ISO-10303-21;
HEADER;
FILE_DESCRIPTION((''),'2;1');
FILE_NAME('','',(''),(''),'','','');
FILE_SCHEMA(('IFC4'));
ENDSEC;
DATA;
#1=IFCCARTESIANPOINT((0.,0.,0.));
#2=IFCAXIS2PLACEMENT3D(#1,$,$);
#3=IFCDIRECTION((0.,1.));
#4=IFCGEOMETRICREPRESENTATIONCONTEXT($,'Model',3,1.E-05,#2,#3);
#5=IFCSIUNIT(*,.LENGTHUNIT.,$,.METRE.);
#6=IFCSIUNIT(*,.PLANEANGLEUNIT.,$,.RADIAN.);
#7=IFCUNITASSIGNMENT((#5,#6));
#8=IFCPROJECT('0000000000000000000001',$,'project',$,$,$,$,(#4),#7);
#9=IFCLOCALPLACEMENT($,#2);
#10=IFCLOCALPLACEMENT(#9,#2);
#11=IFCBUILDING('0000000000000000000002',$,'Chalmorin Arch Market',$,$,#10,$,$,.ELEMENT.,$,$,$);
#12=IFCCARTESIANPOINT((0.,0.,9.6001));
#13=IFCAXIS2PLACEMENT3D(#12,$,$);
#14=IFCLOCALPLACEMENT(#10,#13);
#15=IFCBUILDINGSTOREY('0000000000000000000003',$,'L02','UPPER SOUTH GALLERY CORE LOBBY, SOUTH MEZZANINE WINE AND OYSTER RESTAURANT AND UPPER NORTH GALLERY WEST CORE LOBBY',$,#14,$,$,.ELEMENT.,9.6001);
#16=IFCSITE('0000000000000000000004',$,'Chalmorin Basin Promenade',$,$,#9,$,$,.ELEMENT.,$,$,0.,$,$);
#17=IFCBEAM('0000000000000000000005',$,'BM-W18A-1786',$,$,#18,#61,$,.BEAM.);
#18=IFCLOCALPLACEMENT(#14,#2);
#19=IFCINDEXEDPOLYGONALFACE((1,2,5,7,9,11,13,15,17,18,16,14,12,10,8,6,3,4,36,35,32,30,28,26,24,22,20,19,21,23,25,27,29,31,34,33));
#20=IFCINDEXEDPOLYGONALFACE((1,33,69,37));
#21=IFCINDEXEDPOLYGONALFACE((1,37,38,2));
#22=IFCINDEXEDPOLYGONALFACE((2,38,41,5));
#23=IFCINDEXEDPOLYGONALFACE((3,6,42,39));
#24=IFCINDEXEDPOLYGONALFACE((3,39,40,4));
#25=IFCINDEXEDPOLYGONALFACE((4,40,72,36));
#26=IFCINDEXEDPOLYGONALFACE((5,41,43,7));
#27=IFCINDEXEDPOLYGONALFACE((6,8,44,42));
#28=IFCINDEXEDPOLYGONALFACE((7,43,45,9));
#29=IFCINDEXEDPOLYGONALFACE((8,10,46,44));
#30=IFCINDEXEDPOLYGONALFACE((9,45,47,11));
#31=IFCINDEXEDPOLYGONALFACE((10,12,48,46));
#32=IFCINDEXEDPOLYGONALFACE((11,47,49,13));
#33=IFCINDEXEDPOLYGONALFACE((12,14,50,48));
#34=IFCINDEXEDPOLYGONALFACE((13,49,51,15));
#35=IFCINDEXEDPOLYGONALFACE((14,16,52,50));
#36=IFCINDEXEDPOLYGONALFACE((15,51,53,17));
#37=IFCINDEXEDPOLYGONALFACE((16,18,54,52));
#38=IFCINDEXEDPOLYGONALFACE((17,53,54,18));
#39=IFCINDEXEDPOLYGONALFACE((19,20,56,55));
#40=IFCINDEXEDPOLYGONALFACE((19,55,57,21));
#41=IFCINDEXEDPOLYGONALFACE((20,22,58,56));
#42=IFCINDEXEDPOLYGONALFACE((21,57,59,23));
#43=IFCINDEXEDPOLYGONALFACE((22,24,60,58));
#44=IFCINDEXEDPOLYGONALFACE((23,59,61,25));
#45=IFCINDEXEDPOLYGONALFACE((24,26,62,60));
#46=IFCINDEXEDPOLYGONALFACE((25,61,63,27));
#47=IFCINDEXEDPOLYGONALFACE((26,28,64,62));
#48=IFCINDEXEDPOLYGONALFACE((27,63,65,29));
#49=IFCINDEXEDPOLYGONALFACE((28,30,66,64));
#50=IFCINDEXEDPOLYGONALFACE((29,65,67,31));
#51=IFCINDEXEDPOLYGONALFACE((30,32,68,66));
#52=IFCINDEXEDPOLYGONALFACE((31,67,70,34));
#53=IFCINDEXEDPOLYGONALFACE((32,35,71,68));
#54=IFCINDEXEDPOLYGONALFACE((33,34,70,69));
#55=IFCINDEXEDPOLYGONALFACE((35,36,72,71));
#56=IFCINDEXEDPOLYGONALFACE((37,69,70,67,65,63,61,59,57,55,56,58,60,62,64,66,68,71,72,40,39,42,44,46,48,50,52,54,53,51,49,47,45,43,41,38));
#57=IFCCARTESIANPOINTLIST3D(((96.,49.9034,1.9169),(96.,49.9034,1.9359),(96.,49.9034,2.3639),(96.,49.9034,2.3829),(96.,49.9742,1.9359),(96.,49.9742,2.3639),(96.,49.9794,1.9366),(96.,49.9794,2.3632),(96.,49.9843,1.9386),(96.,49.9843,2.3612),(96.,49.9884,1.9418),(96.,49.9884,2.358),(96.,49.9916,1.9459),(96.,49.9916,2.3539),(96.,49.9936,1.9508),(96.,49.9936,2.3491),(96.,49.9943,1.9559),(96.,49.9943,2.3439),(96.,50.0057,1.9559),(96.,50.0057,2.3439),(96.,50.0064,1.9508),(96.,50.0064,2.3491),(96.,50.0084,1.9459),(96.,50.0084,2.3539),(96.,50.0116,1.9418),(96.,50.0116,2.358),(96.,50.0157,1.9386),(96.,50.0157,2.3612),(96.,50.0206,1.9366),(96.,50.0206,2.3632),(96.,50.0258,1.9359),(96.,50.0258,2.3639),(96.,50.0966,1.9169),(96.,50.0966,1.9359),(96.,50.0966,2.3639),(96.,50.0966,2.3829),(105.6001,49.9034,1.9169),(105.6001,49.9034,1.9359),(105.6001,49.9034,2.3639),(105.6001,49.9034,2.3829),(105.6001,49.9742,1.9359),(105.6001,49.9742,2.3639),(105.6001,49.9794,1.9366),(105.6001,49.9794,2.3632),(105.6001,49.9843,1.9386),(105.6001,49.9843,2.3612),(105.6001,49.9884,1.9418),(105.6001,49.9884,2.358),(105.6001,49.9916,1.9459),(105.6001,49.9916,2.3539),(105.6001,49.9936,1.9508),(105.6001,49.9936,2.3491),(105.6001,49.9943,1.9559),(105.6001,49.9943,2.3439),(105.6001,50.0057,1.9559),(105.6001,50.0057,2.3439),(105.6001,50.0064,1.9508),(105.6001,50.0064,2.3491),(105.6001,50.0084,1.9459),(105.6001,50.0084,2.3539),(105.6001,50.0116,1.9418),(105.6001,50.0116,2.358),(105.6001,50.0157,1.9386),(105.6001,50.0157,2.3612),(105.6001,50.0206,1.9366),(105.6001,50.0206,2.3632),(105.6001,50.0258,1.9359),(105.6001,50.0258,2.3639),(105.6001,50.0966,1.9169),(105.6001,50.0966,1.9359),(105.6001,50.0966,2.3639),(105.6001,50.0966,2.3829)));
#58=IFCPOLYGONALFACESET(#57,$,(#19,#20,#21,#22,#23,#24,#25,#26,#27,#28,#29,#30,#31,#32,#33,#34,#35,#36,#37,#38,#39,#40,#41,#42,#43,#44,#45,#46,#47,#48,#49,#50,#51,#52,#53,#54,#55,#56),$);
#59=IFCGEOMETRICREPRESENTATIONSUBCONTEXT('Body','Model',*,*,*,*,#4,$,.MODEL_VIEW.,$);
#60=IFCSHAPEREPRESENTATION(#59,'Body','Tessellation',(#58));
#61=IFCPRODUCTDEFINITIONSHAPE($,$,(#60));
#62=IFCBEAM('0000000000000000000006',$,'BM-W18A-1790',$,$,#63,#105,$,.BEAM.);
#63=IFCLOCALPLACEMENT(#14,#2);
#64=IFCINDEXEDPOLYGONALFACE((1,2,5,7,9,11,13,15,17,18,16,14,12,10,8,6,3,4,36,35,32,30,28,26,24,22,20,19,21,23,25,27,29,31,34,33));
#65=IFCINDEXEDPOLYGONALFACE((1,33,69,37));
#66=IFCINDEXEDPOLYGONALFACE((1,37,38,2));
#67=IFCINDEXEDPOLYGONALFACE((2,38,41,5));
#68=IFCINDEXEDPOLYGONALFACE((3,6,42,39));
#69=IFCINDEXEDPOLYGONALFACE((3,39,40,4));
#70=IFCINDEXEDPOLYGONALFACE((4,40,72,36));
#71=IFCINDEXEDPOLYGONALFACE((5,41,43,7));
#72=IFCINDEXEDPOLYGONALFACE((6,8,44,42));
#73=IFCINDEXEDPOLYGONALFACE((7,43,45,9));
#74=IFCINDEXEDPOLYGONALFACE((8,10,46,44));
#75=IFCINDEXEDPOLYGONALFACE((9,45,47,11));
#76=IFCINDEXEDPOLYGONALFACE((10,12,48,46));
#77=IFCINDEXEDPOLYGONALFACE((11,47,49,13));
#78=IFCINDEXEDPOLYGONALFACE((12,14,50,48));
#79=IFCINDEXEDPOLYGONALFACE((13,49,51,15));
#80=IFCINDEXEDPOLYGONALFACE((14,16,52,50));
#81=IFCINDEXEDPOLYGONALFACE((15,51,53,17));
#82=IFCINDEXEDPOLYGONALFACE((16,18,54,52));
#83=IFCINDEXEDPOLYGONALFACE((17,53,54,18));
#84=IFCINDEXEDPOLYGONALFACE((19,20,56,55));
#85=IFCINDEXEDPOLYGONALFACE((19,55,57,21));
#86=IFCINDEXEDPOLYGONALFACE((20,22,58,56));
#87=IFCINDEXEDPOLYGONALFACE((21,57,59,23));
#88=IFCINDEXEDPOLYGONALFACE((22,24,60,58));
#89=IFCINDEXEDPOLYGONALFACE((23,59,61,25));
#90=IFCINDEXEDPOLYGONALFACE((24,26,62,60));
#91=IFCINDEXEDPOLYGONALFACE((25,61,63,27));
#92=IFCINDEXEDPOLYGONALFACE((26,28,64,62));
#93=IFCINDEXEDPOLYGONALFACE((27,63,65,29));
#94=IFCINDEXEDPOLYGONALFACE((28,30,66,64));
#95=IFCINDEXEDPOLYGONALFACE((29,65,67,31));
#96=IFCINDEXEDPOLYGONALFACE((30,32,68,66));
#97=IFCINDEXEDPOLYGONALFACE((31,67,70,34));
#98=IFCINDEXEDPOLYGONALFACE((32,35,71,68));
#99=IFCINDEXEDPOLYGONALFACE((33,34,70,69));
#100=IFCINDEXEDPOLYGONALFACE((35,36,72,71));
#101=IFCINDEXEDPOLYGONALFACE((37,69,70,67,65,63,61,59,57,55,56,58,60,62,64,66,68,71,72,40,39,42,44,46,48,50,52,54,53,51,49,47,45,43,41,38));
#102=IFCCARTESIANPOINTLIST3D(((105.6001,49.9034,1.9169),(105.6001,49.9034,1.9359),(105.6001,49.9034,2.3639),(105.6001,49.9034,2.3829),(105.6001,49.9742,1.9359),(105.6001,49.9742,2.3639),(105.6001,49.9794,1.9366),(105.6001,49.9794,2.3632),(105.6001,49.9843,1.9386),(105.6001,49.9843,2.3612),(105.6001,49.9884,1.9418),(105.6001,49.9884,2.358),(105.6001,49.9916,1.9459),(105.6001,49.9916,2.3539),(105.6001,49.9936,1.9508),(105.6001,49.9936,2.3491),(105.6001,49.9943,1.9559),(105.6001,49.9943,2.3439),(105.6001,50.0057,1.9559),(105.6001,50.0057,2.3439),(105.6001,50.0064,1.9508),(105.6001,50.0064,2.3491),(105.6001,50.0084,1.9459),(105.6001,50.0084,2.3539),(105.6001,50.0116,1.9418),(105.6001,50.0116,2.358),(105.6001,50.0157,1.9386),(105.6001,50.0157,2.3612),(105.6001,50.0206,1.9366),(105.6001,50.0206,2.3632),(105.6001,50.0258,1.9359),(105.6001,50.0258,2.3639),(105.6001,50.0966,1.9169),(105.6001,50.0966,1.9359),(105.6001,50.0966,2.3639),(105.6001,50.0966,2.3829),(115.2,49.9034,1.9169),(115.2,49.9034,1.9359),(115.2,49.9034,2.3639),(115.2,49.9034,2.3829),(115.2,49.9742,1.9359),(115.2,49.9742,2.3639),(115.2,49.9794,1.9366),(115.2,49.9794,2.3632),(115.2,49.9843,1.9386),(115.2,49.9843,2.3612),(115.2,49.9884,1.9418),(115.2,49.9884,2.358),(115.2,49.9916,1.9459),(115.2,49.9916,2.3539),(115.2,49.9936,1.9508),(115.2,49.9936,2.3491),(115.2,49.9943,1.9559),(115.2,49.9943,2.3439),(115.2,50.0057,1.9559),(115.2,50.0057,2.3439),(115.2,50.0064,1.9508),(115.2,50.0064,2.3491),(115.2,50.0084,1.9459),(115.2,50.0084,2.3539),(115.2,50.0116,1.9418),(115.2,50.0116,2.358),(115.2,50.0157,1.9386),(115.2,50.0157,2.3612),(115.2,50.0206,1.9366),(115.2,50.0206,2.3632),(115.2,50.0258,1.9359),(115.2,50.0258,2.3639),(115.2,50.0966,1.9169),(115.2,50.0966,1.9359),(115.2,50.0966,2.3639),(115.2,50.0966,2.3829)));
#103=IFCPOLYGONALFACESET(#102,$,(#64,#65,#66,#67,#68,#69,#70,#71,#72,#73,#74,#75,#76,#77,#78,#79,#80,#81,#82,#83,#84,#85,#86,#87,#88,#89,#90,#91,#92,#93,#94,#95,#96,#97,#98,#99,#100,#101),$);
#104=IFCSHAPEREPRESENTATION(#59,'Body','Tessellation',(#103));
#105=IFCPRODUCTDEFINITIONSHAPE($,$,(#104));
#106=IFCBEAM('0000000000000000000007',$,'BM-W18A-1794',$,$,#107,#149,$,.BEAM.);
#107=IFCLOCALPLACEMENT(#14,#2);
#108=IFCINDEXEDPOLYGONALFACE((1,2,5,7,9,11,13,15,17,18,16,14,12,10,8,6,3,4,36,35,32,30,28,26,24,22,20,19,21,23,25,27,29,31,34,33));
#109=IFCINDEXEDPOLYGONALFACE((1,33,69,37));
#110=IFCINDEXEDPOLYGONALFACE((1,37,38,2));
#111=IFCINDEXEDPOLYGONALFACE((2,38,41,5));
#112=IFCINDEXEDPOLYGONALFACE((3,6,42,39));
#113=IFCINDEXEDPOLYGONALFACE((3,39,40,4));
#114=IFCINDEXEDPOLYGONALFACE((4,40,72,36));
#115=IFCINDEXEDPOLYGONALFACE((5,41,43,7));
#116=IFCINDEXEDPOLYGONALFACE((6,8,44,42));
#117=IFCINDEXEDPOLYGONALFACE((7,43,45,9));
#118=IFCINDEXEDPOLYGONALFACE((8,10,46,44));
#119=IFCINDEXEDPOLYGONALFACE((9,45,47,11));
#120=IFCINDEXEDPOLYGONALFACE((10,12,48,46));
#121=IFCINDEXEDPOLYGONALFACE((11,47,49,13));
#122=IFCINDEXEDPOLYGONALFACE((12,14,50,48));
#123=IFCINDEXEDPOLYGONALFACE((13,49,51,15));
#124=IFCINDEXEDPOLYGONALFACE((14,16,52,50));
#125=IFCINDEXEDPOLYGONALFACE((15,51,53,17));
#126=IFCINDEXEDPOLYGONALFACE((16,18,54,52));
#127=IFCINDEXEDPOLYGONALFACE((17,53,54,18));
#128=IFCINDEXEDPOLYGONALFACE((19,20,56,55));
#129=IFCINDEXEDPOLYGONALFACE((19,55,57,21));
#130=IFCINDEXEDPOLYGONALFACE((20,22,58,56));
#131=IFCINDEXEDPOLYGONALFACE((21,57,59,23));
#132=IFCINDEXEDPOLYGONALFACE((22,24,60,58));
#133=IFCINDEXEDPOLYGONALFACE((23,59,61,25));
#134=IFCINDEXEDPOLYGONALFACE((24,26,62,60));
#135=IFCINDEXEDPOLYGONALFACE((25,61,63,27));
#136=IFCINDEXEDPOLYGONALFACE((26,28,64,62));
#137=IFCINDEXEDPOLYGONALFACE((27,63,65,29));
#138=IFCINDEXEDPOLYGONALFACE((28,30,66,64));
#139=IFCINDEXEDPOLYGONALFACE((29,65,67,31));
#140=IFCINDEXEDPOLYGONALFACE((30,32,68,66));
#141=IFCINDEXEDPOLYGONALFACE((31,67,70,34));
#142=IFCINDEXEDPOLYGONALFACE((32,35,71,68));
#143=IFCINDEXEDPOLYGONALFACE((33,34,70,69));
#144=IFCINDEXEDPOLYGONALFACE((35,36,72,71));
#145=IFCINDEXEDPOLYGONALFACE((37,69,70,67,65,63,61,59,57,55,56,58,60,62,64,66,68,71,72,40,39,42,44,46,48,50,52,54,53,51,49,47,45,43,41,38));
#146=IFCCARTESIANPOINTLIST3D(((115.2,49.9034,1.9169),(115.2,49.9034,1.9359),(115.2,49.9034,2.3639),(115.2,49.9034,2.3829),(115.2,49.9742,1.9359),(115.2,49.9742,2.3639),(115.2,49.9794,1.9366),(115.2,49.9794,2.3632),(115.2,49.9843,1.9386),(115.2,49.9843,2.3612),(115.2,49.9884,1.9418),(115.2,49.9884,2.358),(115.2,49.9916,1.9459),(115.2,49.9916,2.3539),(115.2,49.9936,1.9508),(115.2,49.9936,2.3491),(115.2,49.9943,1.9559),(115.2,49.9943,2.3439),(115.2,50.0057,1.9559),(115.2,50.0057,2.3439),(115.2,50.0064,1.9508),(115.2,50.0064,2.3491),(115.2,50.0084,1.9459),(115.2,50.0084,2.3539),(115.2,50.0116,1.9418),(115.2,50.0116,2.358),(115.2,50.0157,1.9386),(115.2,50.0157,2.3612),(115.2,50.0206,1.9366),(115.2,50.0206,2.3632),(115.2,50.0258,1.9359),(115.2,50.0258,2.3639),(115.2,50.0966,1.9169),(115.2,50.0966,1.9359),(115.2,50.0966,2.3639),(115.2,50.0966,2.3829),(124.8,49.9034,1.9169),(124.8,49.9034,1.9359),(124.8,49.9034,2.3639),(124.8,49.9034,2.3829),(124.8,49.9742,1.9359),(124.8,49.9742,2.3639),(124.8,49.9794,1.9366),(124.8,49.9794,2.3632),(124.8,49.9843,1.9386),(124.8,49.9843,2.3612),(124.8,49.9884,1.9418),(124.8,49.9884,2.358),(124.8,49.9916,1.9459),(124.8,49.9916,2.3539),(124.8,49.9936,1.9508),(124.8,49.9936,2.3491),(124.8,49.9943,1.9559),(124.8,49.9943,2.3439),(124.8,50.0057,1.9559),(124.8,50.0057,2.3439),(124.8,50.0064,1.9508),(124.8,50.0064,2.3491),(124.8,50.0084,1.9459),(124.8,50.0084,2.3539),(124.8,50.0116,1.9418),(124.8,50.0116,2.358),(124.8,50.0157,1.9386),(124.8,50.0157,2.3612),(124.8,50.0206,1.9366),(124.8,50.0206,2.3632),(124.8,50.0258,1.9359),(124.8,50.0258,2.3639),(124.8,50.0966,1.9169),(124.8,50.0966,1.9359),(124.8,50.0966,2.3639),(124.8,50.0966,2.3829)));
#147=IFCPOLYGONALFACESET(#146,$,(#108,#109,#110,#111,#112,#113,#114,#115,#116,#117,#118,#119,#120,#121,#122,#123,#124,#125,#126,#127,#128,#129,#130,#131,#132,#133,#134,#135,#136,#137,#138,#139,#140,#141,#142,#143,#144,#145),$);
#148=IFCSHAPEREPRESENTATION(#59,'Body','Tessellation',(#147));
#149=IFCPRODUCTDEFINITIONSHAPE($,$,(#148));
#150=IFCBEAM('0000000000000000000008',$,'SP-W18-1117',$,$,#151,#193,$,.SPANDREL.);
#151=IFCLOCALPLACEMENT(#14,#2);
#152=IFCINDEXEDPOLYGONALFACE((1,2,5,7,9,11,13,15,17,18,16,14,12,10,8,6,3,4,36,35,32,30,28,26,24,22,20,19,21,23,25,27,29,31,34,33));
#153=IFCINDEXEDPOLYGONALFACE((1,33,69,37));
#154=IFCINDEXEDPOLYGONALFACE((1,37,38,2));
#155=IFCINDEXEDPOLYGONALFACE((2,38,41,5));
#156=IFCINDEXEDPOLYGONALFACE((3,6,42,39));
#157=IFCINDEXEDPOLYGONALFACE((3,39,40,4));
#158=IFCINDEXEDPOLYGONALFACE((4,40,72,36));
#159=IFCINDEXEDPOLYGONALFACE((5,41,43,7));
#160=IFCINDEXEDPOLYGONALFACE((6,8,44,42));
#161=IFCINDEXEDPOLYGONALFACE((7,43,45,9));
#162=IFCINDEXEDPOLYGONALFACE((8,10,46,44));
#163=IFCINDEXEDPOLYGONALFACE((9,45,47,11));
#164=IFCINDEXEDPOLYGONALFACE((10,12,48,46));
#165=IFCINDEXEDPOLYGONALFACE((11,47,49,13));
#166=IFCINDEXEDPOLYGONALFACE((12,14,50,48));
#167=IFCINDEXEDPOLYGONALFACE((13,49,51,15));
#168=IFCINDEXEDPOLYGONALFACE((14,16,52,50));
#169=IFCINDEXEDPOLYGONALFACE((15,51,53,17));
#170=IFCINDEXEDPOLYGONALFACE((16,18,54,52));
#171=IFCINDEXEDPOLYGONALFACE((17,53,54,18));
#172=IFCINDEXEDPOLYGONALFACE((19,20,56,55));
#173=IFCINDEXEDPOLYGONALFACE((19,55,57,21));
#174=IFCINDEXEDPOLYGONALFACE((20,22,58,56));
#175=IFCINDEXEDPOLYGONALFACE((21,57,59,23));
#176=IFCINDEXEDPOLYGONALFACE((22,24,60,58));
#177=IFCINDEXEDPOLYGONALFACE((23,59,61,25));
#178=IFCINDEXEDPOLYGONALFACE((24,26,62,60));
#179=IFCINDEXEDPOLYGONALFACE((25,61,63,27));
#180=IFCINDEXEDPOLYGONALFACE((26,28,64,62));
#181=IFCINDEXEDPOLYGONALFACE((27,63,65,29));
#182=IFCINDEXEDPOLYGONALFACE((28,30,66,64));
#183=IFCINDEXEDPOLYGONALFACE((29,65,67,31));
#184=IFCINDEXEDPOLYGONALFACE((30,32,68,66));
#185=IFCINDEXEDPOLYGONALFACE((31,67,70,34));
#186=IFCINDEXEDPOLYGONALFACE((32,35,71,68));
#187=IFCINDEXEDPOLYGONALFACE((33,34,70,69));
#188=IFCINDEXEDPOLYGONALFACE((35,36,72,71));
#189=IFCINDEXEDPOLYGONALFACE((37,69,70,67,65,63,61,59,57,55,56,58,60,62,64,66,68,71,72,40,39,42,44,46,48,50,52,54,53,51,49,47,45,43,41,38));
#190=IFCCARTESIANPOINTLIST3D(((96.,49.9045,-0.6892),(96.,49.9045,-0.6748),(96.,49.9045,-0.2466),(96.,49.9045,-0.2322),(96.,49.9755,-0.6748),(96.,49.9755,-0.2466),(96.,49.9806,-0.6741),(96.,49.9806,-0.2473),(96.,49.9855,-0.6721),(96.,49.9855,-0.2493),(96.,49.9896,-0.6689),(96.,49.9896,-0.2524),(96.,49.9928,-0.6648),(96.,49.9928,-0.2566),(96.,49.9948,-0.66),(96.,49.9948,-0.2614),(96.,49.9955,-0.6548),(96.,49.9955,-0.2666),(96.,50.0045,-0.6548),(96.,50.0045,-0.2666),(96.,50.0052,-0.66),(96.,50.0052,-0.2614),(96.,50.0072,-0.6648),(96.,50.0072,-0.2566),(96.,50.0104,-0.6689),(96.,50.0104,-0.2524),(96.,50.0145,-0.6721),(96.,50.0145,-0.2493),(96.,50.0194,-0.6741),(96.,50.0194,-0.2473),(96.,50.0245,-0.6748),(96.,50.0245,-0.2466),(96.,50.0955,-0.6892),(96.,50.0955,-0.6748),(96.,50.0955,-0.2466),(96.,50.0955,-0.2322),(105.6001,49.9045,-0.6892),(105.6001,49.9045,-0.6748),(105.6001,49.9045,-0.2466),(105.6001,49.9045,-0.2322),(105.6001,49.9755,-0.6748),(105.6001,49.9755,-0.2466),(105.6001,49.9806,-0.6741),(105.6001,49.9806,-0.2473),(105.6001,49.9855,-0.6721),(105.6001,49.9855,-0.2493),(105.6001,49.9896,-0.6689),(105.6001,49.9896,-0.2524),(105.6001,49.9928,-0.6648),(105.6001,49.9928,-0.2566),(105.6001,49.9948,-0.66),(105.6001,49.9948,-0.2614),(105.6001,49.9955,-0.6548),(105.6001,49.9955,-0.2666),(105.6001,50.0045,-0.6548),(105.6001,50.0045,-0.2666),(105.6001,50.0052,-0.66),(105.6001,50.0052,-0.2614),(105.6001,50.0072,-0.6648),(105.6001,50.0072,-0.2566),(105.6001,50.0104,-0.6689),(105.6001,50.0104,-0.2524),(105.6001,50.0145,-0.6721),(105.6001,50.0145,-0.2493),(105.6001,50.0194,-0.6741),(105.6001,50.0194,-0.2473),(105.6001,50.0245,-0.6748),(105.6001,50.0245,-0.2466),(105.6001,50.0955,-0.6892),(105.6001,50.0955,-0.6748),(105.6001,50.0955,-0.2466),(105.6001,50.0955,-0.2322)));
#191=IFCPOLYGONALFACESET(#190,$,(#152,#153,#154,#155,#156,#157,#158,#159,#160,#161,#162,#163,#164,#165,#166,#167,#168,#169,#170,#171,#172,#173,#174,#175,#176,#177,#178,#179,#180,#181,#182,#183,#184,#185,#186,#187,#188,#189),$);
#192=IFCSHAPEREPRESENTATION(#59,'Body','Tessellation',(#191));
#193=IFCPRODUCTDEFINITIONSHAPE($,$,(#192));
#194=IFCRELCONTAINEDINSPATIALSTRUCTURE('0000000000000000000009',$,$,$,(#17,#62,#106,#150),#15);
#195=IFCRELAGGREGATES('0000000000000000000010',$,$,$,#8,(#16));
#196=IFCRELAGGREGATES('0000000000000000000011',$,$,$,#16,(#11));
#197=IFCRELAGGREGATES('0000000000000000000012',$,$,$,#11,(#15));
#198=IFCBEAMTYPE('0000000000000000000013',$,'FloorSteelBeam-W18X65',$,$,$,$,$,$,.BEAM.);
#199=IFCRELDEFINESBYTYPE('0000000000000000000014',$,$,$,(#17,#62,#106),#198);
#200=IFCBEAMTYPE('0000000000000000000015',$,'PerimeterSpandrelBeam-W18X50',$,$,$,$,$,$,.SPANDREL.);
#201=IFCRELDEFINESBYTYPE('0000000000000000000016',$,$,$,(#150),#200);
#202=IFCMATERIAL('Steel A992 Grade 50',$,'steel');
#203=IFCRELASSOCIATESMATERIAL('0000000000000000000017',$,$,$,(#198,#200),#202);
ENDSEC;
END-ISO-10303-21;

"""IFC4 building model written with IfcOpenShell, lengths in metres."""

from ifc_helpers import new_model, si_unit, direction, frame, origin, origin_2d, place, context, subcontext, project, spatial, i_section, extrude, material, material_profile, profile_set, type_object, element, save


model = new_model("IFC4")

# Units and contexts
model_context = context("Model", 3, precision=1e-05, world=origin(), true_north=direction((0.0, 1.0)))
body_context = subcontext(model_context, "Body", "Model", "MODEL_VIEW")
ifc_project = project(units=[si_unit("LENGTHUNIT", "METRE"), si_unit("PLANEANGLEUNIT", "RADIAN")], contexts=[model_context])

# Site, building, storey
site_placement = place(None, origin())
site = spatial("IfcSite", under=ifc_project, at=site_placement, Name="Chalmorin Basin Promenade", CompositionType="ELEMENT", RefElevation=0.0)
building_placement = place(site_placement, origin())
building = spatial("IfcBuilding", under=site, at=building_placement, Name="Chalmorin Arch Market", CompositionType="ELEMENT")
storey_placement = place(building_placement, frame((0.0, 0.0, 9.6001)))
storey = spatial("IfcBuildingStorey", under=building, at=storey_placement, Name="L02", Description="UPPER SOUTH GALLERY CORE LOBBY, SOUTH MEZZANINE WINE AND OYSTER RESTAURANT AND UPPER NORTH GALLERY WEST CORE LOBBY", CompositionType="ELEMENT", Elevation=9.6001)

# Beams
ifc_material_1 = material(Name="Steel A992 Grade 50", Category="steel")
ifc_material_profile_1 = material_profile(ifc_material_1, i_section(OverallWidth=0.1931, OverallDepth=0.4661, WebThickness=0.0115, FlangeThickness=0.019, FilletRadius=0.02, at=origin_2d()), Name="W18X65")
ifc_profile_set_1 = profile_set([ifc_material_profile_1], Name="Steel A992 Grade 50")
beam_type_1 = type_object("IfcBeamType", Name="FloorSteelBeam-W18X65", PredefinedType="BEAM", material=ifc_profile_set_1)
beam_1_placement = place(storey_placement, frame((96.0, 50.0, 2.1499), z_axis=(1.0, 0.0, 0.0), x_axis=(0.0, 1.0, 0.0)))
element("IfcBeam", 1, at=beam_1_placement, inside=storey, type_object=beam_type_1, Name="BM-W18A-1786", PredefinedType="BEAM", context=body_context, shape_type="SweptSolid", body=[
    extrude(i_section(OverallWidth=0.1931, OverallDepth=0.4661, WebThickness=0.0115, FlangeThickness=0.019, FilletRadius=0.02, at=origin_2d()), origin(), (0.0, 0.0, 1.0), 9.6001),
])
beam_2_placement = place(storey_placement, frame((105.6001, 50.0, 2.1499), z_axis=(1.0, 0.0, 0.0), x_axis=(0.0, 1.0, 0.0)))
element("IfcBeam", 2, at=beam_2_placement, inside=storey, type_object=beam_type_1, Name="BM-W18A-1790", PredefinedType="BEAM", context=body_context, shape_type="SweptSolid", body=[
    extrude(i_section(OverallWidth=0.1931, OverallDepth=0.4661, WebThickness=0.0115, FlangeThickness=0.019, FilletRadius=0.02, at=origin_2d()), origin(), (0.0, 0.0, 1.0), 9.5999),
])
beam_3_placement = place(storey_placement, frame((115.2, 50.0, 2.1499), z_axis=(1.0, 0.0, 0.0), x_axis=(0.0, 1.0, 0.0)))
element("IfcBeam", 3, at=beam_3_placement, inside=storey, type_object=beam_type_1, Name="BM-W18A-1794", PredefinedType="BEAM", context=body_context, shape_type="SweptSolid", body=[
    extrude(i_section(OverallWidth=0.1931, OverallDepth=0.4661, WebThickness=0.0115, FlangeThickness=0.019, FilletRadius=0.02, at=origin_2d()), origin(), (0.0, 0.0, 1.0), 9.6001),
])
ifc_material_profile_2 = material_profile(ifc_material_1, i_section(OverallWidth=0.1909, OverallDepth=0.457, WebThickness=0.009, FlangeThickness=0.0144, FilletRadius=0.02, at=origin_2d()), Name="W18X50")
ifc_profile_set_2 = profile_set([ifc_material_profile_2], Name="Steel A992 Grade 50")
beam_type_2 = type_object("IfcBeamType", Name="PerimeterSpandrelBeam-W18X50", PredefinedType="SPANDREL", material=ifc_profile_set_2)
beam_4_placement = place(storey_placement, frame((96.0, 50.0, -0.4607), z_axis=(1.0, 0.0, 0.0), x_axis=(0.0, 1.0, 0.0)))
element("IfcBeam", 4, at=beam_4_placement, inside=storey, type_object=beam_type_2, Name="SP-W18-1117", PredefinedType="SPANDREL", context=body_context, shape_type="SweptSolid", body=[
    extrude(i_section(OverallWidth=0.1909, OverallDepth=0.457, WebThickness=0.009, FlangeThickness=0.0144, FilletRadius=0.02, at=origin_2d()), origin(), (0.0, 0.0, 1.0), 9.6001),
])

save(model, "model.ifc")
